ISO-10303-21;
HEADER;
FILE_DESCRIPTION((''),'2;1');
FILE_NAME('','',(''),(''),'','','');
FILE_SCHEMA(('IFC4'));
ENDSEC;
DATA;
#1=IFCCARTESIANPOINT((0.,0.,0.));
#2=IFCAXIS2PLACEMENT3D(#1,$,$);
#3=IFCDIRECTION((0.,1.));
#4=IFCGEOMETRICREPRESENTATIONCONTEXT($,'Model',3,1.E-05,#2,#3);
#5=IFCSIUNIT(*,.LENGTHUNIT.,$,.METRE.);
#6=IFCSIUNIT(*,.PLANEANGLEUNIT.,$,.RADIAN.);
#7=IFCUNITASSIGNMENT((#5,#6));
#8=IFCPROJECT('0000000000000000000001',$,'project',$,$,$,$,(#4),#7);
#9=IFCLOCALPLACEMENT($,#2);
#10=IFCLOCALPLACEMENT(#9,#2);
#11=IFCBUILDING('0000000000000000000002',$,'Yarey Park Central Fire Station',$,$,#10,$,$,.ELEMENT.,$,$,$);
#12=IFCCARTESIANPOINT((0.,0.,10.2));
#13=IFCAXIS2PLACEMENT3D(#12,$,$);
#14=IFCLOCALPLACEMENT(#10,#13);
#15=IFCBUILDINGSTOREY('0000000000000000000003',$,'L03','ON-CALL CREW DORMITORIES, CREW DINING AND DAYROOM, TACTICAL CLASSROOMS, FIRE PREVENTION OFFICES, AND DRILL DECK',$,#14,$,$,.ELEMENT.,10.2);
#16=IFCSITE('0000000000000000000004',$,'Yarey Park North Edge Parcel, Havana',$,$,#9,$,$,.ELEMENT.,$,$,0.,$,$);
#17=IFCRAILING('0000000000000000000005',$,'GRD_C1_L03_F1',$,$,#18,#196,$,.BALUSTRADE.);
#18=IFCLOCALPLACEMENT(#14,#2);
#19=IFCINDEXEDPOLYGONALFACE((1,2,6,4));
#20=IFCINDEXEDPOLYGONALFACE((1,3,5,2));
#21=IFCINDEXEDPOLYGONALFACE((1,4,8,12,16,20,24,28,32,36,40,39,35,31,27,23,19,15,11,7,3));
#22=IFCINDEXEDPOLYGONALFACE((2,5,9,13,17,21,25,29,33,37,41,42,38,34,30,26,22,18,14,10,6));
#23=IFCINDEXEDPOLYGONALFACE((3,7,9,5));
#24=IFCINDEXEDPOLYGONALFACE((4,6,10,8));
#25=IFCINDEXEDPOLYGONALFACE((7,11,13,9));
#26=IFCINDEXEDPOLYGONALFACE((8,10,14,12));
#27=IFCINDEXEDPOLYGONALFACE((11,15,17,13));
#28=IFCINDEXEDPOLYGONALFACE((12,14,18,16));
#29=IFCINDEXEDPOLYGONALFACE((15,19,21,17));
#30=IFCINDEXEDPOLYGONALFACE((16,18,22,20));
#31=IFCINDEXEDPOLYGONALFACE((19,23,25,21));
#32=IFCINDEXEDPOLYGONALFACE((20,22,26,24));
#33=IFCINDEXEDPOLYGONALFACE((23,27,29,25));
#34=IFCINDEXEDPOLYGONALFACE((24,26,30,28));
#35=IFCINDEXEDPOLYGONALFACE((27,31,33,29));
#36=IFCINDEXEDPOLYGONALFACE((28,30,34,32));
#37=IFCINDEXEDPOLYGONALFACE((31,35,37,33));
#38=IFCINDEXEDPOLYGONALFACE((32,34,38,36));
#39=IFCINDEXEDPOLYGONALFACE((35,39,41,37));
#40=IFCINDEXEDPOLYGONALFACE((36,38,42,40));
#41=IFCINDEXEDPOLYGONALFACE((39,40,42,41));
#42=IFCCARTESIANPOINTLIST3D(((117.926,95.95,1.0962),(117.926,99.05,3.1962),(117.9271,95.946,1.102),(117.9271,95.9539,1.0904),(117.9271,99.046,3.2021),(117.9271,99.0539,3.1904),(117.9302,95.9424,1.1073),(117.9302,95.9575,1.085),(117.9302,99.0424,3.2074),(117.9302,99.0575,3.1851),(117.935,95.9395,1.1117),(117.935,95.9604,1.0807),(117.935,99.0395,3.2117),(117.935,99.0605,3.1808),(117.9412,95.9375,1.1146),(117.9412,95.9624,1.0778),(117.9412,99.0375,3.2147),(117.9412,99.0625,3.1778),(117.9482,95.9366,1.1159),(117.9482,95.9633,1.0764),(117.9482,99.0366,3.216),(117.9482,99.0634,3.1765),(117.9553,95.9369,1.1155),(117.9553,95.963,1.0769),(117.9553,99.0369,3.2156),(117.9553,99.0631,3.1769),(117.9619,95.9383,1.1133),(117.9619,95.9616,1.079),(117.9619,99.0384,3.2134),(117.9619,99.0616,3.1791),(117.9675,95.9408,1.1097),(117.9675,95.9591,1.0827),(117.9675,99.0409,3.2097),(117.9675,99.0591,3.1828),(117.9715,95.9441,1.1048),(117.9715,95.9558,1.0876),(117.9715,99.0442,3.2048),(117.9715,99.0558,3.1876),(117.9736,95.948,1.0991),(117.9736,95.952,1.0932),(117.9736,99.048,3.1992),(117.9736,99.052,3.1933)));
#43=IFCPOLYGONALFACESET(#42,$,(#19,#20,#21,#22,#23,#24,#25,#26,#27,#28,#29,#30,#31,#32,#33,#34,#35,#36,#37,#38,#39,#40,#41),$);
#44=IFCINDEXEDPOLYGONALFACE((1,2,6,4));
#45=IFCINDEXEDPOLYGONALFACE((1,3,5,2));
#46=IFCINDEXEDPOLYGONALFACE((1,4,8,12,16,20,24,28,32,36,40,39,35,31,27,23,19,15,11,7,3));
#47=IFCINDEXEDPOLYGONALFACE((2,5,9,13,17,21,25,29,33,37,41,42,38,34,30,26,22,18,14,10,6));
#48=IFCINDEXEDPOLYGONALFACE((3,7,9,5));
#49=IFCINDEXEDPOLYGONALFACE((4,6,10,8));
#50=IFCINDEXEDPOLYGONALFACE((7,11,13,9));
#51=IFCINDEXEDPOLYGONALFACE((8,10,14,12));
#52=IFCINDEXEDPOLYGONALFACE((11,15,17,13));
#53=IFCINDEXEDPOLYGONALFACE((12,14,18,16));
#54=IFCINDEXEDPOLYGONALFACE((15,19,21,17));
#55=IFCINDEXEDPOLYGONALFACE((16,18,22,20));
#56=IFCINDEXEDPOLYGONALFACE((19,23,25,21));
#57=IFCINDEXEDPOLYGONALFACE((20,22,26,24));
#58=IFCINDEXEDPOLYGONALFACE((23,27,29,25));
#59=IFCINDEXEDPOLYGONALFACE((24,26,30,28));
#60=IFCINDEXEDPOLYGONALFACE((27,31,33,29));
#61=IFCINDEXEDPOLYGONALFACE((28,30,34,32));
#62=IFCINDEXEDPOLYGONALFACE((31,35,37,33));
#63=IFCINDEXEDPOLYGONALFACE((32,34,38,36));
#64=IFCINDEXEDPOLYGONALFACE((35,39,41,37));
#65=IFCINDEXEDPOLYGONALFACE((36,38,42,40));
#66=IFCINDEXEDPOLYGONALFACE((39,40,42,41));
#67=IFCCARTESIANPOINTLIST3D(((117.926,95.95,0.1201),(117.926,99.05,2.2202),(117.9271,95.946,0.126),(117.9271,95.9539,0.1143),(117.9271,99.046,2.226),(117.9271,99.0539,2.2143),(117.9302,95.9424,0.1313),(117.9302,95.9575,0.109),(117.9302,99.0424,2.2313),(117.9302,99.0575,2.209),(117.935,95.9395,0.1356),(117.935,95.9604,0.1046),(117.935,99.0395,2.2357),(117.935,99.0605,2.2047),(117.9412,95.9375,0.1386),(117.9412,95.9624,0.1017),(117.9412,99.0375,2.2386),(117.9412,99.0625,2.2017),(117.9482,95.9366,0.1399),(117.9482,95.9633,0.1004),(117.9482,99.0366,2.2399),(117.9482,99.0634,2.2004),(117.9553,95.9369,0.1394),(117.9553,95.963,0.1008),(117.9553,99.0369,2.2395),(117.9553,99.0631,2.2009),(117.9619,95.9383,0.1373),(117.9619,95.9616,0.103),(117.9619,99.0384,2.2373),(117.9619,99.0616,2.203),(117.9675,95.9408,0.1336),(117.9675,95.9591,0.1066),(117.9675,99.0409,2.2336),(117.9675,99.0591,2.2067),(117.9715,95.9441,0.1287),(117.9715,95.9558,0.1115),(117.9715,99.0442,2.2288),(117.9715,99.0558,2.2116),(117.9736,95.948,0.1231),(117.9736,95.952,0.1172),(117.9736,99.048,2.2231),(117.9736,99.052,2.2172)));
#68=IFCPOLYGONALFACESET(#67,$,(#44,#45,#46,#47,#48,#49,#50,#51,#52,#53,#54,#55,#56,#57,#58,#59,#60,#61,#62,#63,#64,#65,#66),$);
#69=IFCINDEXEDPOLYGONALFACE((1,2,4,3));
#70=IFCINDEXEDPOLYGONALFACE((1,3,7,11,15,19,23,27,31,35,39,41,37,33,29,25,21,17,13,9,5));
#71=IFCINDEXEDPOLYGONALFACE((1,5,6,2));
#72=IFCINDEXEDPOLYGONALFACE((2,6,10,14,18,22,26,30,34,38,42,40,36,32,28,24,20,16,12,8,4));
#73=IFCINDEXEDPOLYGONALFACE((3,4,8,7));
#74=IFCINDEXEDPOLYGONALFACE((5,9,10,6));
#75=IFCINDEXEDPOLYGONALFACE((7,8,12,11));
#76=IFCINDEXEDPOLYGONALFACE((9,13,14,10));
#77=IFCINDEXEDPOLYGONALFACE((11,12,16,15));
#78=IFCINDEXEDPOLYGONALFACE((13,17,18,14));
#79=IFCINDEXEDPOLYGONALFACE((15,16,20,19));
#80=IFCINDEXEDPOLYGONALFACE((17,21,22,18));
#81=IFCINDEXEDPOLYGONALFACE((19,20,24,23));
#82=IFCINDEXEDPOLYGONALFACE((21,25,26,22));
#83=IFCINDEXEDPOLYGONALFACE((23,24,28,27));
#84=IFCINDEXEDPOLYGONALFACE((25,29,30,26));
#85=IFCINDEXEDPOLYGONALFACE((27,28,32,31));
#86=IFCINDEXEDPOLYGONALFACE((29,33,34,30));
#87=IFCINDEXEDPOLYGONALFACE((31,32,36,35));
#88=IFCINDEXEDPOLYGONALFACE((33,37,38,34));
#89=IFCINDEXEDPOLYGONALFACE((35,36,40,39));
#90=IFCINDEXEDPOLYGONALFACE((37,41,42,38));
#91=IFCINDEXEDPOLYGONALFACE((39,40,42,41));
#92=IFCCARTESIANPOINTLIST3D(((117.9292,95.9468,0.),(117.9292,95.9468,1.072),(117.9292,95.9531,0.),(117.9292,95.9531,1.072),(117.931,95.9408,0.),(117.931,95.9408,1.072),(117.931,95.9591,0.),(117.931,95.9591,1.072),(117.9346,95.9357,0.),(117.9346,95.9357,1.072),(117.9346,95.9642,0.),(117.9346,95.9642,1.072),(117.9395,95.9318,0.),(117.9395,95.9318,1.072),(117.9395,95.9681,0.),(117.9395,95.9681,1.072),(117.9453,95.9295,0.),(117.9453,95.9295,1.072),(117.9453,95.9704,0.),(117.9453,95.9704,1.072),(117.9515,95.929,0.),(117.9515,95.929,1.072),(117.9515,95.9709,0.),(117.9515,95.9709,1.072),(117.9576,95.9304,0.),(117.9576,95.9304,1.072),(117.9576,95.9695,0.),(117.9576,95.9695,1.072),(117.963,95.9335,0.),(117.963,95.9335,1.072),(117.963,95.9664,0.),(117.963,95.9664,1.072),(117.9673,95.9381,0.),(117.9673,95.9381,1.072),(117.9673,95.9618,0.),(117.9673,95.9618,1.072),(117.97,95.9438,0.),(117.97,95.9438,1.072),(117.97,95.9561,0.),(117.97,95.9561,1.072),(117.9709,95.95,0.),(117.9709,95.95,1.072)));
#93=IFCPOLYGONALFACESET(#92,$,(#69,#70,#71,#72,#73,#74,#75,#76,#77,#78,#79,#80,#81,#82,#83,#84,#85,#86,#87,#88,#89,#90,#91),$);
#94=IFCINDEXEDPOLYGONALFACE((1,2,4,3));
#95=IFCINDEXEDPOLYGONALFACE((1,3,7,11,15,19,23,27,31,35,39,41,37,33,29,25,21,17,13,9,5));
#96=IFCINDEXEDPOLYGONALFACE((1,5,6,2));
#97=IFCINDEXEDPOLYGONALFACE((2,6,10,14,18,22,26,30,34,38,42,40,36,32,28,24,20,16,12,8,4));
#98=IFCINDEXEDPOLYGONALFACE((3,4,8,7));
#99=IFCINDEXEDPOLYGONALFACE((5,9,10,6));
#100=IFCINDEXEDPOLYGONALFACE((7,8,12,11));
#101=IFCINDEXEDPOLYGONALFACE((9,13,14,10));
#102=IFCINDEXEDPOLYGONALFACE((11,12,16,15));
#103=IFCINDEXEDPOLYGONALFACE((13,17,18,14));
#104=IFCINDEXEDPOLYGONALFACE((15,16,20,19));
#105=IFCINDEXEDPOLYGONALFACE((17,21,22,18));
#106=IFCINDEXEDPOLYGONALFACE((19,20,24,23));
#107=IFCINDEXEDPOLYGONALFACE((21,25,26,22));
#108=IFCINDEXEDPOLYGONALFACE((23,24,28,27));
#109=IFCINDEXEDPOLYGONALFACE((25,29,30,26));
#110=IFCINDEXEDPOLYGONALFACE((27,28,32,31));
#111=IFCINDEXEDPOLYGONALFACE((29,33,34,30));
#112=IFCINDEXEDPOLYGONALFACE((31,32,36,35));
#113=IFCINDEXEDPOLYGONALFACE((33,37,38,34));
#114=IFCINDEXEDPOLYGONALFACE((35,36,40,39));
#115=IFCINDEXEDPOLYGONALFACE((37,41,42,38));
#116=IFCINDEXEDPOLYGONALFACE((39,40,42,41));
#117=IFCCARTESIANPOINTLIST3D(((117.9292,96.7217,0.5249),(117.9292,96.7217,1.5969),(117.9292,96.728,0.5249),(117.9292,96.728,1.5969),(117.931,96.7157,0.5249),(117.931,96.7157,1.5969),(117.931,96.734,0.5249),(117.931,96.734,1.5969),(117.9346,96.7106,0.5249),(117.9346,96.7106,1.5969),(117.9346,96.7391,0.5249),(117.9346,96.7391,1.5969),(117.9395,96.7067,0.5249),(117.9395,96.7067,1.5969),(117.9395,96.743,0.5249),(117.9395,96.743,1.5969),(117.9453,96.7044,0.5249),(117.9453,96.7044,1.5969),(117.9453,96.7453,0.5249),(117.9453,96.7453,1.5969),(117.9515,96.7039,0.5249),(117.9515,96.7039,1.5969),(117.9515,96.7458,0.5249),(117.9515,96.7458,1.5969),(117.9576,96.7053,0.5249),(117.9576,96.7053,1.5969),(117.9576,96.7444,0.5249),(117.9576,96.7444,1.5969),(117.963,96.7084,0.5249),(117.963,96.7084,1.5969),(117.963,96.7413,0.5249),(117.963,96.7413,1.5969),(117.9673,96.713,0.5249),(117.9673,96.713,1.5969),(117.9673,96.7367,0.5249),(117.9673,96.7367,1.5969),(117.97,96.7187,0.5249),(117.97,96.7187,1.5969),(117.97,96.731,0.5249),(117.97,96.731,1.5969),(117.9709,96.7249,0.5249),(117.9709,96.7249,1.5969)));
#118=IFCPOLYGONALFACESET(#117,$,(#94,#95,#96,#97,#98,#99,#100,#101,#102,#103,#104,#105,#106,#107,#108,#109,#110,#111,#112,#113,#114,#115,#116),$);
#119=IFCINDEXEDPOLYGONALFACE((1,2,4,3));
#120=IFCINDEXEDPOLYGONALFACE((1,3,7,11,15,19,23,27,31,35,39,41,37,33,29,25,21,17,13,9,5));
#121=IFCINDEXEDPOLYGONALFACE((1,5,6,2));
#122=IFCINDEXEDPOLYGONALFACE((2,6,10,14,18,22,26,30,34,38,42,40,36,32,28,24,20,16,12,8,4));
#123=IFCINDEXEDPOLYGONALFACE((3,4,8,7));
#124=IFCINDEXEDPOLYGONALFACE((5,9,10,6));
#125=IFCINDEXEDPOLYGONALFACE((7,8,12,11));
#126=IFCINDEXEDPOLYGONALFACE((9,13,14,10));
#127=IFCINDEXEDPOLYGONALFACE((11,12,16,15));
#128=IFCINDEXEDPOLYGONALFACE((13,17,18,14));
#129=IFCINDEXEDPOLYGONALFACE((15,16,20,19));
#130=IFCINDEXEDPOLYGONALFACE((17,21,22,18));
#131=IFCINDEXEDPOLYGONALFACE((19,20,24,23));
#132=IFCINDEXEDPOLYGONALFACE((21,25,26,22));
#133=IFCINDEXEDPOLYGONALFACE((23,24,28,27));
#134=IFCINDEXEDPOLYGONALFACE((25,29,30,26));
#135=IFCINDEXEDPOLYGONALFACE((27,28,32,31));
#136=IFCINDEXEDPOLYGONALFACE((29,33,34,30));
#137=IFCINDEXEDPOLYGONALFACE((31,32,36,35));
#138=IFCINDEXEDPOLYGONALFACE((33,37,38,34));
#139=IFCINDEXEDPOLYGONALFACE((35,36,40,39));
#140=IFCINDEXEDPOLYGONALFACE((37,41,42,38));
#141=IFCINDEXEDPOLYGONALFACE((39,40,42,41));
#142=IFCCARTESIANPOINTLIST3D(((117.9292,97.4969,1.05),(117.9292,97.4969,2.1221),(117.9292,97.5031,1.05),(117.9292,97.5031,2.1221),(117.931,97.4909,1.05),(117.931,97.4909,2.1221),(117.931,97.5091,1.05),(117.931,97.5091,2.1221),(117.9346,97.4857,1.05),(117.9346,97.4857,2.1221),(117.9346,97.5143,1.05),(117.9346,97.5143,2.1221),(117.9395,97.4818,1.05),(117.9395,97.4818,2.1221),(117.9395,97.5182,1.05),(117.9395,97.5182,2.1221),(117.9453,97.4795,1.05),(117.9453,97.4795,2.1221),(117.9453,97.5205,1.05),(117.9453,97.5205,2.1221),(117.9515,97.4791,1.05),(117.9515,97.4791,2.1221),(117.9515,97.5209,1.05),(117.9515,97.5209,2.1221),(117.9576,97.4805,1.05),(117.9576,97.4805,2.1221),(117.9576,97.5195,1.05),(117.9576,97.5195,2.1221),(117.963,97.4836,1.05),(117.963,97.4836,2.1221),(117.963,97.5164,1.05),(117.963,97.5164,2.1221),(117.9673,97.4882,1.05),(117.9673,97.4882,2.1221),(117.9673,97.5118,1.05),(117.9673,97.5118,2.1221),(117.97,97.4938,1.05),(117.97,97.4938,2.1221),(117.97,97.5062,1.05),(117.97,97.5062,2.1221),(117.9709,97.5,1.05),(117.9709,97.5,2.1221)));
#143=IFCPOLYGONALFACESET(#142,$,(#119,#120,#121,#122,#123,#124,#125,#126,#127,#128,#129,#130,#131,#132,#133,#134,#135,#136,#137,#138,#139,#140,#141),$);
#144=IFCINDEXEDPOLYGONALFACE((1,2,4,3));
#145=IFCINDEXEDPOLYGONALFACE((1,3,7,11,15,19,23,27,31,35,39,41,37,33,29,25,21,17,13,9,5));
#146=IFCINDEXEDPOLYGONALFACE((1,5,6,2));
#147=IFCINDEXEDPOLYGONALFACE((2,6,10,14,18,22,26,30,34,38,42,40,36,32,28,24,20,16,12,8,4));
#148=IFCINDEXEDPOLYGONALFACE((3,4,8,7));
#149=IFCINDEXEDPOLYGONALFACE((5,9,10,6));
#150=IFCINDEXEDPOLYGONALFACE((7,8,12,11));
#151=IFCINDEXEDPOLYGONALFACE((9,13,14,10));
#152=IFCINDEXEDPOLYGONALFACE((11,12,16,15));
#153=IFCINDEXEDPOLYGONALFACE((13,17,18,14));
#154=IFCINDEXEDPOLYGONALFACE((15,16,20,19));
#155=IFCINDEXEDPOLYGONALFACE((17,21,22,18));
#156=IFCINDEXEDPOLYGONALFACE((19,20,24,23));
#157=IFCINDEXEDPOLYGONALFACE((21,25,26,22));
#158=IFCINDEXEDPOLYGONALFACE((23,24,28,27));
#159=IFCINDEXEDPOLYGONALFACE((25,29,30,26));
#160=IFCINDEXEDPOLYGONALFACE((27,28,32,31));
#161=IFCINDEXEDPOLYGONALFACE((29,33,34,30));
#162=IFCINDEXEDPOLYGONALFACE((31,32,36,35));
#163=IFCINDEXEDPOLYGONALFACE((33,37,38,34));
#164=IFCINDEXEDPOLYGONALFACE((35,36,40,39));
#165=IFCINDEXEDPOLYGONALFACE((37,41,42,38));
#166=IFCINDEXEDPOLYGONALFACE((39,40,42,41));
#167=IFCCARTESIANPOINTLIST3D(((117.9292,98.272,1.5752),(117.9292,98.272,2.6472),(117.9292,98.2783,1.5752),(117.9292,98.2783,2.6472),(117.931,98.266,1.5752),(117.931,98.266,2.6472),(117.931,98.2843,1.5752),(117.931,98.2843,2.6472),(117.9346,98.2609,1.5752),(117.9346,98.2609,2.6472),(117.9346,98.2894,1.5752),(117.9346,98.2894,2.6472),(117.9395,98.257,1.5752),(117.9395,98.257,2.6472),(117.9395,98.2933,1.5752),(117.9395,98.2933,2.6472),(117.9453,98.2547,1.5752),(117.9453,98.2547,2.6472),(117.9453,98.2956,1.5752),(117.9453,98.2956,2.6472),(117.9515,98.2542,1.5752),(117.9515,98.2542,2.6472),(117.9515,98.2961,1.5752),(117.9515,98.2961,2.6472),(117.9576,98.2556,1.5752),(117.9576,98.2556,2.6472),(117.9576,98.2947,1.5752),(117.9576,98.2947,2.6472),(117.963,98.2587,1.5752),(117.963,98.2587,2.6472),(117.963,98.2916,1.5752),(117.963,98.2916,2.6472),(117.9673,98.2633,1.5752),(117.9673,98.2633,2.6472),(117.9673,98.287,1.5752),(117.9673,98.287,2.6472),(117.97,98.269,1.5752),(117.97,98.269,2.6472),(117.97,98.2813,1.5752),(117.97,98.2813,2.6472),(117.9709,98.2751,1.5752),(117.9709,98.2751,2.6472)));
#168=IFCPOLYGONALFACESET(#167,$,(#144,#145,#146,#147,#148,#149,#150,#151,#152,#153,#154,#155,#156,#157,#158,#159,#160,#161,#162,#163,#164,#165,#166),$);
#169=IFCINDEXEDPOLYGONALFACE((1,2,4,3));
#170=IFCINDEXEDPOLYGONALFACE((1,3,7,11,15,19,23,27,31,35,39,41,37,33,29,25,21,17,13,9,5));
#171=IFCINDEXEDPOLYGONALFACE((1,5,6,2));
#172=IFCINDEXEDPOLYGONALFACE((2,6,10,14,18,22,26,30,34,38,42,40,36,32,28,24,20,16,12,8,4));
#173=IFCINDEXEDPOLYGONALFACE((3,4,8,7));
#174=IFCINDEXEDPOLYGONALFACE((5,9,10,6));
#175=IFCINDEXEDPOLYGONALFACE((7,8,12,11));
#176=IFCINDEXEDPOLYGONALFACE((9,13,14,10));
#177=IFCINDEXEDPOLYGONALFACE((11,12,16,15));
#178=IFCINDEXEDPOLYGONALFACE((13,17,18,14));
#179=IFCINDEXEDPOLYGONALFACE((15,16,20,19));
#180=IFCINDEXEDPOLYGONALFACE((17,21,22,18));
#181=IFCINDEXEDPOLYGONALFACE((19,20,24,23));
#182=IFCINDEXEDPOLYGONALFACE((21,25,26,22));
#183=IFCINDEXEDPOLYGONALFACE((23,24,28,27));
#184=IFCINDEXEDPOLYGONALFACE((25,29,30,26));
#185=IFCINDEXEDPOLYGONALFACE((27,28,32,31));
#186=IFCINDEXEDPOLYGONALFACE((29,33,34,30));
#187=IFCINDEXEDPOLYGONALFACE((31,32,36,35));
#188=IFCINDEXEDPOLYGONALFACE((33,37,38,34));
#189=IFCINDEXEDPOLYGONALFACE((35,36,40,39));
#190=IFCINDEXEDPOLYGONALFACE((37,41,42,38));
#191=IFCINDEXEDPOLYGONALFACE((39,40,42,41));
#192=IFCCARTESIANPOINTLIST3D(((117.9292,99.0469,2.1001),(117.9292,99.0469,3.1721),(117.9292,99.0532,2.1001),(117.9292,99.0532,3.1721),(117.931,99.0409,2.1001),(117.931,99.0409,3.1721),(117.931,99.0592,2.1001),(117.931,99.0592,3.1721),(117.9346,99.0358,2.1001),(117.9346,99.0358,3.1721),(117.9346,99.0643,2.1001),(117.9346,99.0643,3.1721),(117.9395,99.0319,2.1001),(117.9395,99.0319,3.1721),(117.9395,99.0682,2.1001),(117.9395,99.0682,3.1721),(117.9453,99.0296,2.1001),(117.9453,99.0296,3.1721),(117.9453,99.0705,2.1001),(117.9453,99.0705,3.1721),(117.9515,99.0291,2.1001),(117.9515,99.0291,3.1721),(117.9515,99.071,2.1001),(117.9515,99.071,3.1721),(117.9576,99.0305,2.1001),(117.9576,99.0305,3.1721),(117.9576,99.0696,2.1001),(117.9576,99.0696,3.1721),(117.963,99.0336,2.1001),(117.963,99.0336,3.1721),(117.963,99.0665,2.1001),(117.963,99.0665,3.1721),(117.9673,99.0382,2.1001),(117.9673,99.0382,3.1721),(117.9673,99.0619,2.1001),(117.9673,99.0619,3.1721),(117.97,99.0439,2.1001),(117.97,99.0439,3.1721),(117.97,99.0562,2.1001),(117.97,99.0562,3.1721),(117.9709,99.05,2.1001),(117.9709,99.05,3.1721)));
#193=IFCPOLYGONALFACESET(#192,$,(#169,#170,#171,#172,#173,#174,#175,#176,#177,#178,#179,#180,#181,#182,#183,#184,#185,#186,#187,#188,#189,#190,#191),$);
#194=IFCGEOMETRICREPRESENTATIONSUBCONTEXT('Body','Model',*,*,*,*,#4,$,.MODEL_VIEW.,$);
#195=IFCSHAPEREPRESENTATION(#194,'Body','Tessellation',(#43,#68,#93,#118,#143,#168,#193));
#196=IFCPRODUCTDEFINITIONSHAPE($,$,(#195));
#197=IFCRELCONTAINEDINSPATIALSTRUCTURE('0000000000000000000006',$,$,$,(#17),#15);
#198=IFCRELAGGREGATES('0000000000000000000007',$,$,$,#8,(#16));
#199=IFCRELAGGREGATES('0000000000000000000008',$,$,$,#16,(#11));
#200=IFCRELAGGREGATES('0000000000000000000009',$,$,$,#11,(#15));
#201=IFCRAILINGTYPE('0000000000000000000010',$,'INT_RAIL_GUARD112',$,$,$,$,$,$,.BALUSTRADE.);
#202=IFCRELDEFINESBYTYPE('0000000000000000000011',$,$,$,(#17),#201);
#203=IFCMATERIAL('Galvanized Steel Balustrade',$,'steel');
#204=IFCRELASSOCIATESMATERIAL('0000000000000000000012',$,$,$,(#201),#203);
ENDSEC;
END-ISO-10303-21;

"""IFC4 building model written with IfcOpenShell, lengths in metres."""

from ifc_helpers import new_model, si_unit, direction, frame, origin, origin_2d, place, context, subcontext, project, spatial, circle, extrude, material, type_object, element, save


model = new_model("IFC4")

# Units and contexts
model_context = context("Model", 3, precision=1e-05, world=origin(), true_north=direction((0.0, 1.0)))
body_context = subcontext(model_context, "Body", "Model", "MODEL_VIEW")
ifc_project = project(units=[si_unit("LENGTHUNIT", "METRE"), si_unit("PLANEANGLEUNIT", "RADIAN")], contexts=[model_context])

# Site, building, storey
site_placement = place(None, origin())
site = spatial("IfcSite", under=ifc_project, at=site_placement, Name="Yarey Park North Edge Parcel, Havana", CompositionType="ELEMENT", RefElevation=0.0)
building_placement = place(site_placement, origin())
building = spatial("IfcBuilding", under=site, at=building_placement, Name="Yarey Park Central Fire Station", CompositionType="ELEMENT")
storey_placement = place(building_placement, frame((0.0, 0.0, 10.2)))
storey = spatial("IfcBuildingStorey", under=building, at=storey_placement, Name="L03", Description="ON-CALL CREW DORMITORIES, CREW DINING AND DAYROOM, TACTICAL CLASSROOMS, FIRE PREVENTION OFFICES, AND DRILL DECK", CompositionType="ELEMENT", Elevation=10.2)

# Railing
ifc_material_1 = material(Name="Galvanized Steel Balustrade", Category="steel")
railing_type_1 = type_object("IfcRailingType", Name="INT_RAIL_GUARD112", PredefinedType="BALUSTRADE", material=ifc_material_1)
railing_1_placement = place(storey_placement, frame((117.95, 95.95, 0.0)))
element("IfcRailing", 1, at=railing_1_placement, inside=storey, type_object=railing_type_1, Name="GRD_C1_L03_F1", PredefinedType="BALUSTRADE", context=body_context, shape_type="SweptSolid", body=[
    extrude(circle(Radius=0.0239, at=origin_2d()), frame((0.0, 0.0, 1.0962), z_axis=(0.0, 0.827915, 0.560854), x_axis=(-1.0, 0.0, 0.0)), (0.0, 0.0, 1.0), 3.7444),
    extrude(circle(Radius=0.0239, at=origin_2d()), frame((0.0, 0.0, 0.1201), z_axis=(0.0, 0.827915, 0.560854), x_axis=(-1.0, 0.0, 0.0)), (0.0, 0.0, 1.0), 3.7444),
    extrude(circle(Radius=0.021, at=origin_2d()), origin(), (0.0, 0.0, 1.0), 1.072),
    extrude(circle(Radius=0.021, at=origin_2d()), frame((0.0, 0.7749, 0.5249)), (0.0, 0.0, 1.0), 1.072),
    extrude(circle(Radius=0.021, at=origin_2d()), frame((0.0, 1.55, 1.05)), (0.0, 0.0, 1.0), 1.072),
    extrude(circle(Radius=0.021, at=origin_2d()), frame((0.0, 2.3252, 1.5752)), (0.0, 0.0, 1.0), 1.072),
    extrude(circle(Radius=0.021, at=origin_2d()), frame((0.0, 3.1001, 2.1001)), (0.0, 0.0, 1.0), 1.072),
])

save(model, "model.ifc")
